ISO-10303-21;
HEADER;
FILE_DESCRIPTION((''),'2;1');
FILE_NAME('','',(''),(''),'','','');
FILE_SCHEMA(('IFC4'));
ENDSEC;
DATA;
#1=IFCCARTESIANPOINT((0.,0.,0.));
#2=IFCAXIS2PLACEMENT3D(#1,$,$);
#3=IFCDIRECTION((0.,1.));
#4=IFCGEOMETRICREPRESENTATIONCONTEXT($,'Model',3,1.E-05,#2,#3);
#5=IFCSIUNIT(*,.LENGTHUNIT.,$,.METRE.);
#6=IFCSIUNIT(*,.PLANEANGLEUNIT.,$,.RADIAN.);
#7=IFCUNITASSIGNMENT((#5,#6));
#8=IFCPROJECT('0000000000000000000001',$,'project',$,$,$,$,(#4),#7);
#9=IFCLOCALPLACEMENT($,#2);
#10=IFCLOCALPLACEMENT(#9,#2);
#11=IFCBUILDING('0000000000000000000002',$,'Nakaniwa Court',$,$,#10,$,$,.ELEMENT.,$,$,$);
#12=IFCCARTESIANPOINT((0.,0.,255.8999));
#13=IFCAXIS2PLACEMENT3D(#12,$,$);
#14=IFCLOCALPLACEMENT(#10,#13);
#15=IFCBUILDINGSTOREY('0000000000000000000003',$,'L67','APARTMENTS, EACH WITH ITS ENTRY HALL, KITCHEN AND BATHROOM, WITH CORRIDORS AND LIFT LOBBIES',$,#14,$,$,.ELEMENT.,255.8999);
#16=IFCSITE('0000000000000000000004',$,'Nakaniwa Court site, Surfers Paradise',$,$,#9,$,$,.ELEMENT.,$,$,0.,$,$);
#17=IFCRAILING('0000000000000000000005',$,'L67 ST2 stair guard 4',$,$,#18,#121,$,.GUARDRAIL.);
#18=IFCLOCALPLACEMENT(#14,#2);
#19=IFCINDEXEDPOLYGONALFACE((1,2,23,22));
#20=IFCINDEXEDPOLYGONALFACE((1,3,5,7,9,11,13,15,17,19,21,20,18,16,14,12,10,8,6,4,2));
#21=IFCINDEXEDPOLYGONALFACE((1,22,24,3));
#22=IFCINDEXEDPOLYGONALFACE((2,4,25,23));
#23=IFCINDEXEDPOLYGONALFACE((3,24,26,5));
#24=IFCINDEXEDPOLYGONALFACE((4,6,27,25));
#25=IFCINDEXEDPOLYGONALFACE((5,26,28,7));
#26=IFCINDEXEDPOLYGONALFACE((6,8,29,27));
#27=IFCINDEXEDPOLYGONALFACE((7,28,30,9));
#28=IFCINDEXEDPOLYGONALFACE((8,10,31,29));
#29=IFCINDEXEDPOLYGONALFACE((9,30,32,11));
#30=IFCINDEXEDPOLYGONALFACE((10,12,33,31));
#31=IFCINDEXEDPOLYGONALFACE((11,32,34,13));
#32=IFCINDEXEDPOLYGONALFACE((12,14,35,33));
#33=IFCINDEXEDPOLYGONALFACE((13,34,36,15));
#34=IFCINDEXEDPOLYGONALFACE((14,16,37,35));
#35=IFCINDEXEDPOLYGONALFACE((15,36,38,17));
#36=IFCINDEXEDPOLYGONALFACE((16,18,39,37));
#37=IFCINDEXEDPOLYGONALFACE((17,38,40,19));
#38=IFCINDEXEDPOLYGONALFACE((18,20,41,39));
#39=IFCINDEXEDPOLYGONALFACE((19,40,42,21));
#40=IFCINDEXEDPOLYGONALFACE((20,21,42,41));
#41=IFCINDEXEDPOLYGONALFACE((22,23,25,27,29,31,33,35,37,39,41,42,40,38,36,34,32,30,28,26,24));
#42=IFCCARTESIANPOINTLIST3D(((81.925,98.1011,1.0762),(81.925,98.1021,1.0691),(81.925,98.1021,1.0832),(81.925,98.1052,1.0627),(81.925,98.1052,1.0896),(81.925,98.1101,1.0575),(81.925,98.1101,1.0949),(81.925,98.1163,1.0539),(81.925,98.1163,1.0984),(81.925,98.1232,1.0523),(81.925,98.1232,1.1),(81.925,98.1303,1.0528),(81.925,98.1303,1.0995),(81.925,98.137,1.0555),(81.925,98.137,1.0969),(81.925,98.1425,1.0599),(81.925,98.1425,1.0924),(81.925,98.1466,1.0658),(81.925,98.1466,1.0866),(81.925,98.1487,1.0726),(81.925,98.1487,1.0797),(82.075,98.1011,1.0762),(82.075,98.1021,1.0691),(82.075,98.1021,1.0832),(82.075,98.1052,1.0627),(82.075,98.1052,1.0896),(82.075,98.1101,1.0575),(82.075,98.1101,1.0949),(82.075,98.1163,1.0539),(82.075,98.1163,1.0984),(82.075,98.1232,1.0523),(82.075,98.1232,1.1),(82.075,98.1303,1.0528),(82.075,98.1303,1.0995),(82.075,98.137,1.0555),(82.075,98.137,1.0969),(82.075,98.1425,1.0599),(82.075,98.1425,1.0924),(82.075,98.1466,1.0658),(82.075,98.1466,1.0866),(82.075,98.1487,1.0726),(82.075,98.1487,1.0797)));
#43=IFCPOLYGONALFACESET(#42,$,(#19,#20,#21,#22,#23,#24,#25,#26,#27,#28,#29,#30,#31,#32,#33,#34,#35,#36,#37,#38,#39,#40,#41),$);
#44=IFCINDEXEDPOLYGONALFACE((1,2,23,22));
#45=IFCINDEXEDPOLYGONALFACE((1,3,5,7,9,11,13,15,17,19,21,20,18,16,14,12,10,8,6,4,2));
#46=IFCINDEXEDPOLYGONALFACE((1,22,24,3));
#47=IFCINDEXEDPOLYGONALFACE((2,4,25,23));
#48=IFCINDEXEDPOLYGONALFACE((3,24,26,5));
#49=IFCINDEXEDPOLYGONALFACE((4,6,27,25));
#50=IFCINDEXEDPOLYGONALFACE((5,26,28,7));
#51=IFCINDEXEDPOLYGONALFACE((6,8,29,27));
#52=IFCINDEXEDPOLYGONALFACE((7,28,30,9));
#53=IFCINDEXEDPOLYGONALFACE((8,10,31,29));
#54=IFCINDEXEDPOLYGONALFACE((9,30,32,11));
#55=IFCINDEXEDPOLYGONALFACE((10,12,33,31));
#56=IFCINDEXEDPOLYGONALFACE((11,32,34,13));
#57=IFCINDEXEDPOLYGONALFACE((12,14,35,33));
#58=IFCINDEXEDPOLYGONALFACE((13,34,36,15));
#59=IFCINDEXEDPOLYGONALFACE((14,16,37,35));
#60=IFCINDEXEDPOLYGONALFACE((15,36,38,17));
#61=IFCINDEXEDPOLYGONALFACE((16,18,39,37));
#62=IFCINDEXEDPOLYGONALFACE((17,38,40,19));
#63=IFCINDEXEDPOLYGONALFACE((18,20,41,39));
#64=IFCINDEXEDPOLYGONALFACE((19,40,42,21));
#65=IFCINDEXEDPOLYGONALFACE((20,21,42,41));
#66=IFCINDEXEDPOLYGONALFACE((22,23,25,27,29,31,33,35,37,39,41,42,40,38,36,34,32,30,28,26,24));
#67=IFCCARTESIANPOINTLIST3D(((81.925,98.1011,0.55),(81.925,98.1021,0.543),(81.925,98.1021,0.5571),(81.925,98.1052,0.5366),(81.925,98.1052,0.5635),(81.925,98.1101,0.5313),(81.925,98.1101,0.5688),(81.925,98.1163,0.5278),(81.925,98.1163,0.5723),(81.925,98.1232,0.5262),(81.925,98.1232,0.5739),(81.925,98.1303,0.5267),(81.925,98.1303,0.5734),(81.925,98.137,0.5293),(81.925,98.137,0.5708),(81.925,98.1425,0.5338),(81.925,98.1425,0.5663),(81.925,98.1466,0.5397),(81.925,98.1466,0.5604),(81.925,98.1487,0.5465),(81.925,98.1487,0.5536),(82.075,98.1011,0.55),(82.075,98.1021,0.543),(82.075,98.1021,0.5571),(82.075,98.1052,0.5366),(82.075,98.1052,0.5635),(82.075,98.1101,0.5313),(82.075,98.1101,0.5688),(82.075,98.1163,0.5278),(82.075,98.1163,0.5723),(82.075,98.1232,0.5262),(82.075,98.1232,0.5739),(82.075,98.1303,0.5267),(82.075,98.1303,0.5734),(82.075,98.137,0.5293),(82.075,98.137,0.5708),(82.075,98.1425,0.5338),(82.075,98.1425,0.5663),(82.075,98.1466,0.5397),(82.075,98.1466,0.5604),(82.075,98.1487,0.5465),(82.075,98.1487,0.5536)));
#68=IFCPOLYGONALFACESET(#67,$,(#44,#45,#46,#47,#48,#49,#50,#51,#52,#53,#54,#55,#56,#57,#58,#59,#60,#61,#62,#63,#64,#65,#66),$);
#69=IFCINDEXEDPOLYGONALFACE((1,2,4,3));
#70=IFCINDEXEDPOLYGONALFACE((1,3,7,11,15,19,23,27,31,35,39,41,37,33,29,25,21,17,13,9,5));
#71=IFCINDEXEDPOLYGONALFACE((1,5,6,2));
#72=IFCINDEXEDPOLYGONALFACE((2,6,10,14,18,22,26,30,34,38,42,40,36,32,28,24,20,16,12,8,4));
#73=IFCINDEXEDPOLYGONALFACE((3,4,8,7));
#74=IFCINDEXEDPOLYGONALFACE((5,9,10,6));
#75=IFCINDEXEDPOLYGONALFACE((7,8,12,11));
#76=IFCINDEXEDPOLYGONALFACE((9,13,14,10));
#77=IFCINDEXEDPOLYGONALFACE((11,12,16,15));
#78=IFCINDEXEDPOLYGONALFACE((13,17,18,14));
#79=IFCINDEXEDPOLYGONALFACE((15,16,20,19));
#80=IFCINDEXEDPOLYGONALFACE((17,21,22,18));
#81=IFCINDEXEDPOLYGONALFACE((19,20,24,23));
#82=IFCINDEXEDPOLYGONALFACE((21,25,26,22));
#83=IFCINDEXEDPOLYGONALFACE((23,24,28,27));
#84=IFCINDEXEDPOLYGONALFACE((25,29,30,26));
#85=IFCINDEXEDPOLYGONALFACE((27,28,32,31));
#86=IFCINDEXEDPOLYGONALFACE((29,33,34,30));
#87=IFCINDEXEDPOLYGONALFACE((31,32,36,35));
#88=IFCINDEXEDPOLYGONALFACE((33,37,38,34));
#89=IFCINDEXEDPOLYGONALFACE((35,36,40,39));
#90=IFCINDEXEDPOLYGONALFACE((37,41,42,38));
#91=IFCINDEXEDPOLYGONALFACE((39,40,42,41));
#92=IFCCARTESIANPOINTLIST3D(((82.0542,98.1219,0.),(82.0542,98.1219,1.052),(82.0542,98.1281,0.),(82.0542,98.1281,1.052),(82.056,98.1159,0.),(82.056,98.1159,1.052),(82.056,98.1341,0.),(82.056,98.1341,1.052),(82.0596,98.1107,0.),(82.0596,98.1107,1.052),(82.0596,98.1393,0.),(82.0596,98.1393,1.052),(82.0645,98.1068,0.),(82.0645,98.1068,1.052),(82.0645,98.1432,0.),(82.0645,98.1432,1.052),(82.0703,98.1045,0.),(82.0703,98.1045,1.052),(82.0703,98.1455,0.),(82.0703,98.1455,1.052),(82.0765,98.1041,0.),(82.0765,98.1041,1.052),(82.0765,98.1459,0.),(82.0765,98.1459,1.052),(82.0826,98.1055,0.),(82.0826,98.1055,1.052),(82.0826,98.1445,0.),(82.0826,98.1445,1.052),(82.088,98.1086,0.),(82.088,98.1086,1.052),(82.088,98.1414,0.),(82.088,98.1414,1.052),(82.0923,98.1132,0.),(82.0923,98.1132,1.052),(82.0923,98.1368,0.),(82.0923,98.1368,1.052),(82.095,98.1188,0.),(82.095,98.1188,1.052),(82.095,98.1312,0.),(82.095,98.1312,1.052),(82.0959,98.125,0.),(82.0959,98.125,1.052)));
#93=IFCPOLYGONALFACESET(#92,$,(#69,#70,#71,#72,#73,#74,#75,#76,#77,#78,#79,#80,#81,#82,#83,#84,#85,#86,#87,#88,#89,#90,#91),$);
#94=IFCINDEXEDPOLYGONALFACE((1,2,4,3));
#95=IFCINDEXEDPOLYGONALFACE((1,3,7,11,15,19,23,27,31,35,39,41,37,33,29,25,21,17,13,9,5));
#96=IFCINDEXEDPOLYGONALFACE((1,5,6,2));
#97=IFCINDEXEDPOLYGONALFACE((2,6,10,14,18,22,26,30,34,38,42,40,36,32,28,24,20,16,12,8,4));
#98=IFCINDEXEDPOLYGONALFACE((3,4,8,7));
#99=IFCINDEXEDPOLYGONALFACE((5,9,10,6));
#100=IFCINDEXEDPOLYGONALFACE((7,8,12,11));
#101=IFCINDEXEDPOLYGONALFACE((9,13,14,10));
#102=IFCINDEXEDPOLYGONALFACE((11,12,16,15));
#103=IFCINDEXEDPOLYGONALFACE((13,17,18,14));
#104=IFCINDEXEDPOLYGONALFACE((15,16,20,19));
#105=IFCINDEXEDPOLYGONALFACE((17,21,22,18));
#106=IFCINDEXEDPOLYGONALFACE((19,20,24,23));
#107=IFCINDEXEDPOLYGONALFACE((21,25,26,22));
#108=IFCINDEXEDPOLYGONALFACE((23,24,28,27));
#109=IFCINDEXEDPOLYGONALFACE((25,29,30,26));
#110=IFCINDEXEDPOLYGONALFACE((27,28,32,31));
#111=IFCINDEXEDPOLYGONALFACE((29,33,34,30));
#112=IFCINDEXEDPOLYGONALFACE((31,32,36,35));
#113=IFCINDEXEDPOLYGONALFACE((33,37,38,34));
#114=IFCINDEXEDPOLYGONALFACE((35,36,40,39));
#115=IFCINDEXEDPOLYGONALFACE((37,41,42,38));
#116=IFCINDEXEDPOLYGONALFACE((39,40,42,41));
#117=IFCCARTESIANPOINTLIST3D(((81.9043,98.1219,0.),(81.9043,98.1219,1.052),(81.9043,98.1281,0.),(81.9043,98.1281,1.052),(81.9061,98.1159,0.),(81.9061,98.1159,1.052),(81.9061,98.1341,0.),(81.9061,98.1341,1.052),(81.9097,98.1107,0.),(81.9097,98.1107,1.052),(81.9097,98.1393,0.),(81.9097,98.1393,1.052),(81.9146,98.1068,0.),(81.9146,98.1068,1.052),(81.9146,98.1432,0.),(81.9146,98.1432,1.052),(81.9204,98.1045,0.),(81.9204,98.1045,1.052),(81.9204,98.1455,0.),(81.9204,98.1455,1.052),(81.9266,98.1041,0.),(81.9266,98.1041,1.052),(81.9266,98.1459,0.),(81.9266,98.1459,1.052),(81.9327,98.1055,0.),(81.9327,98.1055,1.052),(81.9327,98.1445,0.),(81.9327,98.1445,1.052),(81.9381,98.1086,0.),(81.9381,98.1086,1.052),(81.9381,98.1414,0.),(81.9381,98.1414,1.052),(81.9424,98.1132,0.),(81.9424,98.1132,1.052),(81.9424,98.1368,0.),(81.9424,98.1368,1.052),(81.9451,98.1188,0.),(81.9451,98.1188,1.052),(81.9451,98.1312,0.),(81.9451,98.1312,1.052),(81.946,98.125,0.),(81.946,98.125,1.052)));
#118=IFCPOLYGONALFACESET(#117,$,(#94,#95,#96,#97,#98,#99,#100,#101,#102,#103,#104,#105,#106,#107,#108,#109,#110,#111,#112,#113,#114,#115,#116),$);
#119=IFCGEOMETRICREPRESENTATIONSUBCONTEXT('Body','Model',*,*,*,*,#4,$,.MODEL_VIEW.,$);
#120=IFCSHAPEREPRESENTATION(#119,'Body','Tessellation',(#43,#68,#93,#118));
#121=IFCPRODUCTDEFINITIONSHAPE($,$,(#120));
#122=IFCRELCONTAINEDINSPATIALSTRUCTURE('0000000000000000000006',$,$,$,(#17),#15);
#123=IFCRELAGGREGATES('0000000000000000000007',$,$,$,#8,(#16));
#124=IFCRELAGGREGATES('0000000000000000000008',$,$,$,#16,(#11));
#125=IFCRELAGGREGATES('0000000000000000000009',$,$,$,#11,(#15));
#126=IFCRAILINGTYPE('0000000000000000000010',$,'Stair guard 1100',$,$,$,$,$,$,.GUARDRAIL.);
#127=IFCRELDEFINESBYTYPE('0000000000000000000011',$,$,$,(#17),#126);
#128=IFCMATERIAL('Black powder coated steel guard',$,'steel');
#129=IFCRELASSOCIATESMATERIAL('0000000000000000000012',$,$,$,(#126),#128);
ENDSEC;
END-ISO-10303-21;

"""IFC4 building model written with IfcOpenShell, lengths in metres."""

from ifc_helpers import new_model, si_unit, direction, frame, origin, origin_2d, place, context, subcontext, project, spatial, circle, extrude, material, type_object, element, save


model = new_model("IFC4")

# Units and contexts
model_context = context("Model", 3, precision=1e-05, world=origin(), true_north=direction((0.0, 1.0)))
body_context = subcontext(model_context, "Body", "Model", "MODEL_VIEW")
ifc_project = project(units=[si_unit("LENGTHUNIT", "METRE"), si_unit("PLANEANGLEUNIT", "RADIAN")], contexts=[model_context])

# Site, building, storey
site_placement = place(None, origin())
site = spatial("IfcSite", under=ifc_project, at=site_placement, Name="Nakaniwa Court site, Surfers Paradise", CompositionType="ELEMENT", RefElevation=0.0)
building_placement = place(site_placement, origin())
building = spatial("IfcBuilding", under=site, at=building_placement, Name="Nakaniwa Court", CompositionType="ELEMENT")
storey_placement = place(building_placement, frame((0.0, 0.0, 255.8999)))
storey = spatial("IfcBuildingStorey", under=building, at=storey_placement, Name="L67", Description="APARTMENTS, EACH WITH ITS ENTRY HALL, KITCHEN AND BATHROOM, WITH CORRIDORS AND LIFT LOBBIES", CompositionType="ELEMENT", Elevation=255.8999)

# Railing
ifc_material_1 = material(Name="Black powder coated steel guard", Category="steel")
railing_type_1 = type_object("IfcRailingType", Name="Stair guard 1100", PredefinedType="GUARDRAIL", material=ifc_material_1)
railing_1_placement = place(storey_placement, frame((82.075, 98.125, 0.0)))
element("IfcRailing", 1, at=railing_1_placement, inside=storey, type_object=railing_type_1, Name="L67 ST2 stair guard 4", PredefinedType="GUARDRAIL", context=body_context, shape_type="SweptSolid", body=[
    extrude(circle(Radius=0.0239, at=origin_2d()), frame((0.0, 0.0, 1.0762), z_axis=(-1.0, 0.0, 0.0), x_axis=(0.0, -1.0, 0.0)), (0.0, 0.0, 1.0), 0.1499),
    extrude(circle(Radius=0.0239, at=origin_2d()), frame((0.0, 0.0, 0.55), z_axis=(-1.0, 0.0, 0.0), x_axis=(0.0, -1.0, 0.0)), (0.0, 0.0, 1.0), 0.1499),
    extrude(circle(Radius=0.021, at=origin_2d()), origin(), (0.0, 0.0, 1.0), 1.052),
    extrude(circle(Radius=0.021, at=origin_2d()), frame((-0.1499, 0.0, 0.0)), (0.0, 0.0, 1.0), 1.052),
])

save(model, "model.ifc")
